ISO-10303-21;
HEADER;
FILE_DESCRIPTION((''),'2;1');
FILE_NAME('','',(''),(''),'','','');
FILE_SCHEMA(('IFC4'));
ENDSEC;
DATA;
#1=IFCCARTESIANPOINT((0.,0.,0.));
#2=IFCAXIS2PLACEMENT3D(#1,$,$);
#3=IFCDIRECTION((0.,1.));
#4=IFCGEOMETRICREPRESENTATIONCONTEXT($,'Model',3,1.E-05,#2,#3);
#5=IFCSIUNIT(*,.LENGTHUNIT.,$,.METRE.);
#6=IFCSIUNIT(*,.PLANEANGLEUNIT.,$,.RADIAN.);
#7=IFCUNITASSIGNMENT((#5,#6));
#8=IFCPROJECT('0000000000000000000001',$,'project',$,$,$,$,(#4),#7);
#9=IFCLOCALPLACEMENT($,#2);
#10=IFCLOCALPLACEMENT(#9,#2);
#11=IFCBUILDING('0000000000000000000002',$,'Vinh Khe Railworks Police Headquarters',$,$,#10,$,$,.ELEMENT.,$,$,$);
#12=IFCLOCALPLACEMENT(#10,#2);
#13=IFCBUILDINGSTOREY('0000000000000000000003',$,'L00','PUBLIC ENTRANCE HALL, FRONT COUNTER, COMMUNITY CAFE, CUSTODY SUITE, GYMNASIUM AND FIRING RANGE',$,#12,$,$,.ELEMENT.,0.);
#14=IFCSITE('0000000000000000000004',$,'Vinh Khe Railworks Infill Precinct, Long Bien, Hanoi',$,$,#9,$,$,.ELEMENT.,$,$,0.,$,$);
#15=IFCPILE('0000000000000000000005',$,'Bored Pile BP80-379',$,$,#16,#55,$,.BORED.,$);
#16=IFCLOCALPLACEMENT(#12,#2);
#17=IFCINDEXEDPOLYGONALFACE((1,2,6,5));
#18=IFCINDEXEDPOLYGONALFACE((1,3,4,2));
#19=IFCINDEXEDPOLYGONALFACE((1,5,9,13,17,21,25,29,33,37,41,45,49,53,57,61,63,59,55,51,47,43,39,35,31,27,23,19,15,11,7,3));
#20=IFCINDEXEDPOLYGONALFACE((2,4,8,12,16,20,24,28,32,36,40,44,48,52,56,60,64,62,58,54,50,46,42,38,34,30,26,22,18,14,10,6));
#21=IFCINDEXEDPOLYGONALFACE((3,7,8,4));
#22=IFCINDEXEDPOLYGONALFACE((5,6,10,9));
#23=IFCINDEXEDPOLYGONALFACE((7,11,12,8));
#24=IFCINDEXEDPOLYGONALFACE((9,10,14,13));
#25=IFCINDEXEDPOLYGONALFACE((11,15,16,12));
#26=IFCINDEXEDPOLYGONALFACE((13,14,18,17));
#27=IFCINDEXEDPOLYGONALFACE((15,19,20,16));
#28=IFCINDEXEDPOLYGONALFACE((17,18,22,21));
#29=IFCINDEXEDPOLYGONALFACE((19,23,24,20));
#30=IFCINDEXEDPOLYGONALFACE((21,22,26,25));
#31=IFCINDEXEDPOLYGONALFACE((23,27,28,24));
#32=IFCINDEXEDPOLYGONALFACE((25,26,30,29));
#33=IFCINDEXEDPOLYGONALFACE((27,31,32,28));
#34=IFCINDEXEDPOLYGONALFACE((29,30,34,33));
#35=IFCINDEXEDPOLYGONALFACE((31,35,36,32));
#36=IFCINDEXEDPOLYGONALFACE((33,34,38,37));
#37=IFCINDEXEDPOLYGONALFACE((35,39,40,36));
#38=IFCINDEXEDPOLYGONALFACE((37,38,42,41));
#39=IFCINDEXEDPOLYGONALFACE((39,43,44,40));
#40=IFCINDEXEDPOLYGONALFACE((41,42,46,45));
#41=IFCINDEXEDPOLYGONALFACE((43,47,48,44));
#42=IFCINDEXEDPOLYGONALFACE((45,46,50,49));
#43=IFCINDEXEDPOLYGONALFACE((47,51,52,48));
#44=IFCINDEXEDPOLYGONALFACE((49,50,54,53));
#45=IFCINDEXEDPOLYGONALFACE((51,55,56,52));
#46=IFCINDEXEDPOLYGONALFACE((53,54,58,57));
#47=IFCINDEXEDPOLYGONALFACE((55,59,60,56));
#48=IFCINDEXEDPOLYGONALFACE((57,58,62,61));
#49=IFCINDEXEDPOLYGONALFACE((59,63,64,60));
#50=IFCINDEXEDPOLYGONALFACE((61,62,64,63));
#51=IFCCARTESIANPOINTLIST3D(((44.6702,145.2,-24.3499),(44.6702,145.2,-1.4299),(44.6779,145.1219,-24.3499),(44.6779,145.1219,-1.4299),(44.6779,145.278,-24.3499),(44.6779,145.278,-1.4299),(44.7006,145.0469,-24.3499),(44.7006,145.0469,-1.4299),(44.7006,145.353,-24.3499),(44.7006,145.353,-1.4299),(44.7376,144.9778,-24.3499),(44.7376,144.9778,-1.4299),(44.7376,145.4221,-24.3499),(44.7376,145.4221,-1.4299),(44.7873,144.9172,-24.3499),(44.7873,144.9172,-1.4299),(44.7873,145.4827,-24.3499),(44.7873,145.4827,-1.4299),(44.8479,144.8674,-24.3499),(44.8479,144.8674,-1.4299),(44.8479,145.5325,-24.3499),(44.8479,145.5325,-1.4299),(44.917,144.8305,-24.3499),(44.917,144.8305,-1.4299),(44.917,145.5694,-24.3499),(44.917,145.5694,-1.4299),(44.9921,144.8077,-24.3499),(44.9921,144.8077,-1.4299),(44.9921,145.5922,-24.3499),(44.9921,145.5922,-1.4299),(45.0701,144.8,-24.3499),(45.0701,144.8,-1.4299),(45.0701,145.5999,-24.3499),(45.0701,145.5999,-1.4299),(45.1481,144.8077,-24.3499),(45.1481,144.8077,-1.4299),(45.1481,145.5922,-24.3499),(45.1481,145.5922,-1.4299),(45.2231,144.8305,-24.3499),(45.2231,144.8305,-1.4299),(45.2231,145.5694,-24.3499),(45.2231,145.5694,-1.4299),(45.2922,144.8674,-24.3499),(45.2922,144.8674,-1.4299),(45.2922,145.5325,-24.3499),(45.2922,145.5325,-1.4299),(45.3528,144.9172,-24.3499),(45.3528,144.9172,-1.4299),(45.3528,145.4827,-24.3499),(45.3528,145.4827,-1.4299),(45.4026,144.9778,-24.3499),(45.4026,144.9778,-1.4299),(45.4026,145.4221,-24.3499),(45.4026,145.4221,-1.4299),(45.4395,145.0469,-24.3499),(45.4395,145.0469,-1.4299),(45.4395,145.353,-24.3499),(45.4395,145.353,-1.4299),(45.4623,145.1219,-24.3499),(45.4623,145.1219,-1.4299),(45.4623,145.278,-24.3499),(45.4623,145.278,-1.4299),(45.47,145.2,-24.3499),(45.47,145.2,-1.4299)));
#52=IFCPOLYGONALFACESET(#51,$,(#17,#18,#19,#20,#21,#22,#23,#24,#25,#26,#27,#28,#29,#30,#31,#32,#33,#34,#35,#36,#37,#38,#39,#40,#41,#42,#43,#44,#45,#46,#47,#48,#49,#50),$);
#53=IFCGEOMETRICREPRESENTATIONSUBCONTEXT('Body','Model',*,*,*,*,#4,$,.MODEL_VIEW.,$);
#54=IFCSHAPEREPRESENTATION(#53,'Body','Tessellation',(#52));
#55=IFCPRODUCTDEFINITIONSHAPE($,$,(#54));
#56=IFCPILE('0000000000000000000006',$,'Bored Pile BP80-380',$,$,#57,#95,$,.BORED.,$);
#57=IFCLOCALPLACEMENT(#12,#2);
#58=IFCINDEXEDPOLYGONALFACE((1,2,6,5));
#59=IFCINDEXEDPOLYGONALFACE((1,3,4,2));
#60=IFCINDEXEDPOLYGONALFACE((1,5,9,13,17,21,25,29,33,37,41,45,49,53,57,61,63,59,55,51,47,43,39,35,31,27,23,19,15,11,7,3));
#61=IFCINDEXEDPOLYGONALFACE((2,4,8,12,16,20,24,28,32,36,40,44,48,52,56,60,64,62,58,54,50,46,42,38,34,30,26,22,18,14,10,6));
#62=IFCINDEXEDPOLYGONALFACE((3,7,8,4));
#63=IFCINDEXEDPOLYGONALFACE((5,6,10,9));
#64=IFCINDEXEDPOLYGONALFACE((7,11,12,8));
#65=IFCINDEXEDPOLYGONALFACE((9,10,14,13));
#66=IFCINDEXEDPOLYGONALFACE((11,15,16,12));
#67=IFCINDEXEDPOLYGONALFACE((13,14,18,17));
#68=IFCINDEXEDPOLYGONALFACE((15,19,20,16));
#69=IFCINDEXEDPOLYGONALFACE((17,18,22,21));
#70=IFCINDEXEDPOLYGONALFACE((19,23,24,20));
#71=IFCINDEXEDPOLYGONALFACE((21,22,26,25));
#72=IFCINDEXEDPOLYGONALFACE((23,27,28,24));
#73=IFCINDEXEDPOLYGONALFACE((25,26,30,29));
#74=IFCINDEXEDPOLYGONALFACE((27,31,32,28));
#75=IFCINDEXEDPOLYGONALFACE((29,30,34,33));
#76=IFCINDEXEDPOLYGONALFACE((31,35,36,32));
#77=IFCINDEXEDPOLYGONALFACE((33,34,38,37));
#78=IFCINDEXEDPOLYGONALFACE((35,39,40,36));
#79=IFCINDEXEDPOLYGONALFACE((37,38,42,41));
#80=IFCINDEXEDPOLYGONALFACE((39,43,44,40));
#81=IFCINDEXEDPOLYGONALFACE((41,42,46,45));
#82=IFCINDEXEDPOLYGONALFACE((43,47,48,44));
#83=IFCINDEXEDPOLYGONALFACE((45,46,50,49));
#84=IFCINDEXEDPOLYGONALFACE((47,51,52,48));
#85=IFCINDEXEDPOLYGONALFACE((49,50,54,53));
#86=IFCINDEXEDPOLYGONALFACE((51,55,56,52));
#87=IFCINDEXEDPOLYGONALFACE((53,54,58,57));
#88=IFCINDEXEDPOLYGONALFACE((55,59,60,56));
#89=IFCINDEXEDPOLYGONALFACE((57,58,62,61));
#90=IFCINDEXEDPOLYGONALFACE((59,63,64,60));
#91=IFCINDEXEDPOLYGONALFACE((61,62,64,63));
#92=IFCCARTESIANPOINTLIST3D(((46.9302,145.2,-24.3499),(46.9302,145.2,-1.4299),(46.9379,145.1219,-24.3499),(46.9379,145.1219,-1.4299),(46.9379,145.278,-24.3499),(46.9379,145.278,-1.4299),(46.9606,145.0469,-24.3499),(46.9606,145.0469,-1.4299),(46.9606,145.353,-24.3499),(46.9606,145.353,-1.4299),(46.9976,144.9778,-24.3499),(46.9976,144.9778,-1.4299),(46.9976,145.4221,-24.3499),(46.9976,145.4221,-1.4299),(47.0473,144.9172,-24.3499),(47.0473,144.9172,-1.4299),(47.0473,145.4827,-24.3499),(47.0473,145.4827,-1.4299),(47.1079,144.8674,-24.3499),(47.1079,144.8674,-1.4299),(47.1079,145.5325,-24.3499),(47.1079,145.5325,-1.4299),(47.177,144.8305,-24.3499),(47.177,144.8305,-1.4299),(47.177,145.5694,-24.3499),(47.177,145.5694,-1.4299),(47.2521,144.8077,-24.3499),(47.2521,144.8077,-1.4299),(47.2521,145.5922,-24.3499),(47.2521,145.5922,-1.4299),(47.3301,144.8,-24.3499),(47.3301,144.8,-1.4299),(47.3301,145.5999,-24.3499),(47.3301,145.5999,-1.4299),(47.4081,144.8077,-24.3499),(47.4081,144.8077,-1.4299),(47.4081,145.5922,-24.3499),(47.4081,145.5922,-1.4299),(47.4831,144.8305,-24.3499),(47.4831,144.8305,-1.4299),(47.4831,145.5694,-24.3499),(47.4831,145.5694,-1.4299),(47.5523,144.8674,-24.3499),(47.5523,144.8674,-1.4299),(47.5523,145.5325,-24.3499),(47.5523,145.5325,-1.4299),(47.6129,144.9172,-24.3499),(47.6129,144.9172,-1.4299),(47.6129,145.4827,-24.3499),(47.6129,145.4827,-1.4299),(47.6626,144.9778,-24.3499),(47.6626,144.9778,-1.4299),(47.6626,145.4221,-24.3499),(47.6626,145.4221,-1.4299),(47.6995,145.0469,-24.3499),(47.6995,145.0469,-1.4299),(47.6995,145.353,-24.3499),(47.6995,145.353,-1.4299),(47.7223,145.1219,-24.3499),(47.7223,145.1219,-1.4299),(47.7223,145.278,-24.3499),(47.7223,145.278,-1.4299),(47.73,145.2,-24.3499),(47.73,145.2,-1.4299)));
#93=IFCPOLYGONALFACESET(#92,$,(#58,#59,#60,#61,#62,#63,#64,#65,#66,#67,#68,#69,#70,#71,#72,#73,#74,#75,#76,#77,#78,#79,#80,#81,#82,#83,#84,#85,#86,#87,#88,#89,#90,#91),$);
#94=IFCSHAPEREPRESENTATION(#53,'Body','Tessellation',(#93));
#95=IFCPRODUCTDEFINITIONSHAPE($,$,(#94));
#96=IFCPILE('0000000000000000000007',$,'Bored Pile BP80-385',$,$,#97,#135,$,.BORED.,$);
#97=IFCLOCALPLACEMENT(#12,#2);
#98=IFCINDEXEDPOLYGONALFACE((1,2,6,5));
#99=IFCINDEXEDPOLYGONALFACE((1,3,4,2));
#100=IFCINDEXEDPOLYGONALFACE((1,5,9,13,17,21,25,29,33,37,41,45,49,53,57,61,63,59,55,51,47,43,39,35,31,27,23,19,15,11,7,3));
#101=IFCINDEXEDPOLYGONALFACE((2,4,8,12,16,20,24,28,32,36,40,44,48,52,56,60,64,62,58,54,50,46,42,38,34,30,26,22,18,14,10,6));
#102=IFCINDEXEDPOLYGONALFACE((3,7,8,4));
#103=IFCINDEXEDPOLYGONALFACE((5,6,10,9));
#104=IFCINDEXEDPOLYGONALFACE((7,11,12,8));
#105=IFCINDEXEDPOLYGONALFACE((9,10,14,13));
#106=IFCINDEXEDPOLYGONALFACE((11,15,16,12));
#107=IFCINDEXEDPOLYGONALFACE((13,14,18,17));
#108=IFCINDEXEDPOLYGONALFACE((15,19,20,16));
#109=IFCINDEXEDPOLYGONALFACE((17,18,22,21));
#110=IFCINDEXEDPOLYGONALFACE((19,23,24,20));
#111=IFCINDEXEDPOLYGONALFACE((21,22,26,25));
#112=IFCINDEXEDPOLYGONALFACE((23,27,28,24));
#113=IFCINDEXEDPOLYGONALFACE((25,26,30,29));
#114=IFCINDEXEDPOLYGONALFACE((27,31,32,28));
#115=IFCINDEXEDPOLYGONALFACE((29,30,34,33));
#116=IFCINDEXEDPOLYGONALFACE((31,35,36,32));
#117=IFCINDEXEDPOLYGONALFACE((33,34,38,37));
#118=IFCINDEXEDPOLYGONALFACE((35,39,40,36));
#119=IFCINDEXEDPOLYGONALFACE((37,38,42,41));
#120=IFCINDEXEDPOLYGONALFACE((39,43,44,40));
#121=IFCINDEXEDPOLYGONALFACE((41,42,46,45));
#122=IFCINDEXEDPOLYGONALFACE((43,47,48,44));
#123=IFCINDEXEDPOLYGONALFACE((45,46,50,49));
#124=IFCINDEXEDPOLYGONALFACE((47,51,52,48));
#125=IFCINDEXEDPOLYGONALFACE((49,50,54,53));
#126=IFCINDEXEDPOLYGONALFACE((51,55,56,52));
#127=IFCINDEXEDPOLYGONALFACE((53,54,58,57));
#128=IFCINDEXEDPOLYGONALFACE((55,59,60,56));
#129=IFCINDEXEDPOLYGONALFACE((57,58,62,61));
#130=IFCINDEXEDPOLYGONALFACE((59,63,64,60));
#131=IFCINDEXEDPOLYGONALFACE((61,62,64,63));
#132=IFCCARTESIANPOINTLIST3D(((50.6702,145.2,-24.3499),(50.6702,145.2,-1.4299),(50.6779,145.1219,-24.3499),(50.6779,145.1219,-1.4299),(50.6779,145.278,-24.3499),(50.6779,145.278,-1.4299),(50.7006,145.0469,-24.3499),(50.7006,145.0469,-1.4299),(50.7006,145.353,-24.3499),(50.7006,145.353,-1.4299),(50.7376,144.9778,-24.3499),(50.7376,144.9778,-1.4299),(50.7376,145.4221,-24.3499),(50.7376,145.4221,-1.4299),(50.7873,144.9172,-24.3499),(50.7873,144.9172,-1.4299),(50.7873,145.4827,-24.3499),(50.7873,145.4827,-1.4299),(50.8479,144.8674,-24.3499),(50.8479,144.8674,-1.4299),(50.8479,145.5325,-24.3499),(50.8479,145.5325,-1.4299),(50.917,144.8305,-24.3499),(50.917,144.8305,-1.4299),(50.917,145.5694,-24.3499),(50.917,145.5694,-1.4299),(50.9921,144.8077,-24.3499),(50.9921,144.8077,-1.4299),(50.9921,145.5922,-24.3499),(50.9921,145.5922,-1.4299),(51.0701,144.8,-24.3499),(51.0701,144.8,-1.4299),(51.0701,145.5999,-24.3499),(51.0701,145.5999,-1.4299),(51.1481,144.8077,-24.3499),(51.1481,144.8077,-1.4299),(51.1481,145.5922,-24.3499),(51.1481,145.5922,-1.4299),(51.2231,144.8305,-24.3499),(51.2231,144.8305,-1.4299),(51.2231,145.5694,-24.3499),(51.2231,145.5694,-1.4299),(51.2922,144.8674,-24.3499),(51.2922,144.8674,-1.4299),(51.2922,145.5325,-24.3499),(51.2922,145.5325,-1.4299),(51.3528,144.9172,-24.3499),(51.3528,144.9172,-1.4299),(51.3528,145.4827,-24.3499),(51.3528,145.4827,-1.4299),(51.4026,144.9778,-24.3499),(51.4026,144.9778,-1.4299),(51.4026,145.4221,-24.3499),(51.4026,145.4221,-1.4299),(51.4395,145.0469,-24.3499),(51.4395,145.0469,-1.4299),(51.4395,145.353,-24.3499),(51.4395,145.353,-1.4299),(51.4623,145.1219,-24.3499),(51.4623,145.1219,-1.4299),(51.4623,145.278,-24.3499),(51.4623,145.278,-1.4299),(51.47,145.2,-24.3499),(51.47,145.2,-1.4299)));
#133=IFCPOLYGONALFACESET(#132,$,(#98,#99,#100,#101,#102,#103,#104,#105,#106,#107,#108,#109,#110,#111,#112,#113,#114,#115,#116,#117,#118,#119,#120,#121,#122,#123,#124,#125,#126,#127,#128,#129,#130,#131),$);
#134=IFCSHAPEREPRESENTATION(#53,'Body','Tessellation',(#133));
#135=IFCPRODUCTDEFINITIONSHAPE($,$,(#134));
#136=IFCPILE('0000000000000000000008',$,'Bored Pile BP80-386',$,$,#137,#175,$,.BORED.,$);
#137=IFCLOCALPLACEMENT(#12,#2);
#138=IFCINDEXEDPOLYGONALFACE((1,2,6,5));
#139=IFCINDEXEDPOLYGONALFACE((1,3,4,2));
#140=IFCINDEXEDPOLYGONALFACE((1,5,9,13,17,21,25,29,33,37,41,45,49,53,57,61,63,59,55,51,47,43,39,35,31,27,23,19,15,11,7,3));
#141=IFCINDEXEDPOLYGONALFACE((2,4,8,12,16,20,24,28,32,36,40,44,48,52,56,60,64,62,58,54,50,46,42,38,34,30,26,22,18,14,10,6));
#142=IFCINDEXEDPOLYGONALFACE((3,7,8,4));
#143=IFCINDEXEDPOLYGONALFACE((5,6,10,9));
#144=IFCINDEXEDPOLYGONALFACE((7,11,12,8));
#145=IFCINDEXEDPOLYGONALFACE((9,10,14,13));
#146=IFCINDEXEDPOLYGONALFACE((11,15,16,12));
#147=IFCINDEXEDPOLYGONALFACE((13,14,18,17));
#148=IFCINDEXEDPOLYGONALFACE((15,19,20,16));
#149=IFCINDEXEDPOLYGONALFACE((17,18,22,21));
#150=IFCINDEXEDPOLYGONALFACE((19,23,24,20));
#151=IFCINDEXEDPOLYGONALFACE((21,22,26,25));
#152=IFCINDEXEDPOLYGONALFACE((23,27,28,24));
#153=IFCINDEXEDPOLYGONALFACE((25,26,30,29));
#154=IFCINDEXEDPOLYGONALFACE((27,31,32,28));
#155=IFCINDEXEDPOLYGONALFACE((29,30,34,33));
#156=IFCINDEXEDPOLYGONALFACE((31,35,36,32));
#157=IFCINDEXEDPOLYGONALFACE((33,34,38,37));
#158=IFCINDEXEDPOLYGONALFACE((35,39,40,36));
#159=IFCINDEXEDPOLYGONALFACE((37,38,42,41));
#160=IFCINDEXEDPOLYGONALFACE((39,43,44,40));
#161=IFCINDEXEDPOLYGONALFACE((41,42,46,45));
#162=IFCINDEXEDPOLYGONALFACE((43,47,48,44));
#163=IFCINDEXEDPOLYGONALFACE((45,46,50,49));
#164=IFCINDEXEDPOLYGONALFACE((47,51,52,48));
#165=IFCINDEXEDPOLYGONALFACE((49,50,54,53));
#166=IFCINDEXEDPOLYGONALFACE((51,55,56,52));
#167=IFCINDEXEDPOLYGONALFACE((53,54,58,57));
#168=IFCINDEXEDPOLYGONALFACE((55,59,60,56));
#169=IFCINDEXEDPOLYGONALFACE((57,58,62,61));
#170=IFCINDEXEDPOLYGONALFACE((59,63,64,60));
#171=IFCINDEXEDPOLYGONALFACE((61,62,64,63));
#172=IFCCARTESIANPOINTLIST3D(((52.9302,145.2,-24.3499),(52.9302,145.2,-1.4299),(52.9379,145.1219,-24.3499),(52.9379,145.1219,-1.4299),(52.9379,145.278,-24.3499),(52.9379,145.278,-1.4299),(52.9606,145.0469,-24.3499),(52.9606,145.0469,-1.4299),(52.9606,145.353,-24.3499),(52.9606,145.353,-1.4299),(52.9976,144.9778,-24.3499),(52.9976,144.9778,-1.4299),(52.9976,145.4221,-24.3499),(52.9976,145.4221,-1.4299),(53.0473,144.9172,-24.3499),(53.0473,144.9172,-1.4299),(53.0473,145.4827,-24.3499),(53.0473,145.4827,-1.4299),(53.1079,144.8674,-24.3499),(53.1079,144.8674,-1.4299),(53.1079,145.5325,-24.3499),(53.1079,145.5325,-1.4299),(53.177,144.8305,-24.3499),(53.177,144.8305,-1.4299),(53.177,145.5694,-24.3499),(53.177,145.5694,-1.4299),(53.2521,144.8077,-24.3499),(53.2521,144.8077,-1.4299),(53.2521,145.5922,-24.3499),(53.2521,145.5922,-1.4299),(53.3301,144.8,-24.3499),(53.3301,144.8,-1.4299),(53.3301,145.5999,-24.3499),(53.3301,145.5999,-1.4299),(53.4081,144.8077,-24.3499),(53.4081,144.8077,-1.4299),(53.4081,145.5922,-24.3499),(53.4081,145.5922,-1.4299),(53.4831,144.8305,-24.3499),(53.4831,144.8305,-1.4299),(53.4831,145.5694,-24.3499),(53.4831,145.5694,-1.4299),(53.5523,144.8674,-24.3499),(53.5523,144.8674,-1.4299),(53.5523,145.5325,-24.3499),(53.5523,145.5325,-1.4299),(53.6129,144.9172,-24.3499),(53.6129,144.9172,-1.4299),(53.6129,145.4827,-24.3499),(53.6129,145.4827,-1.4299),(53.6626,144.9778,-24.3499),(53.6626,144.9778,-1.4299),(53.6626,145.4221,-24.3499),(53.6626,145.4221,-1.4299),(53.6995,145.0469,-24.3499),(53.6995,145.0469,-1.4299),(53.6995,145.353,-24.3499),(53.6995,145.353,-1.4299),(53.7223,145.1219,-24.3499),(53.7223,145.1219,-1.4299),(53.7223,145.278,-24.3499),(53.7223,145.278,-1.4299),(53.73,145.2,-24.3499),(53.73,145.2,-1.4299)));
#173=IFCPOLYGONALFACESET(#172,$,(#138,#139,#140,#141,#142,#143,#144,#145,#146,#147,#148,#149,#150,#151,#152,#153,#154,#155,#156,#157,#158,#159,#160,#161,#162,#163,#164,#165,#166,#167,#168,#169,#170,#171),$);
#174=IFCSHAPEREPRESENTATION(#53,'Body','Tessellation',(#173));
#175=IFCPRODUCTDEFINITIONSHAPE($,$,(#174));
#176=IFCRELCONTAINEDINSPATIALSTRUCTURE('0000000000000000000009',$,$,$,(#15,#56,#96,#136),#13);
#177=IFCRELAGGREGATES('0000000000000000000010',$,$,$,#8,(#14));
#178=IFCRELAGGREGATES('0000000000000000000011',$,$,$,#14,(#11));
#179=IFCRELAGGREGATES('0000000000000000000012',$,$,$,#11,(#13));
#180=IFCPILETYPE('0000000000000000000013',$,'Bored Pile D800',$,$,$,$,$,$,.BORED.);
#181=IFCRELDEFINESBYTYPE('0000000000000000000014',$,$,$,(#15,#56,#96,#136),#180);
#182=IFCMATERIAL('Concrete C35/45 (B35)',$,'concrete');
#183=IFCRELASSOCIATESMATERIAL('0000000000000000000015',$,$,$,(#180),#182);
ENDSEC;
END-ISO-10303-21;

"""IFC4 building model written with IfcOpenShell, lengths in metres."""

from ifc_helpers import new_model, si_unit, direction, frame, origin, origin_2d, place, context, subcontext, project, spatial, circle, extrude, material, material_profile, profile_set, type_object, element, save


model = new_model("IFC4")

# Units and contexts
model_context = context("Model", 3, precision=1e-05, world=origin(), true_north=direction((0.0, 1.0)))
body_context = subcontext(model_context, "Body", "Model", "MODEL_VIEW")
ifc_project = project(units=[si_unit("LENGTHUNIT", "METRE"), si_unit("PLANEANGLEUNIT", "RADIAN")], contexts=[model_context])

# Site, building, storey
site_placement = place(None, origin())
site = spatial("IfcSite", under=ifc_project, at=site_placement, Name="Vinh Khe Railworks Infill Precinct, Long Bien, Hanoi", CompositionType="ELEMENT", RefElevation=0.0)
building_placement = place(site_placement, origin())
building = spatial("IfcBuilding", under=site, at=building_placement, Name="Vinh Khe Railworks Police Headquarters", CompositionType="ELEMENT")
storey_placement = place(building_placement, origin())
storey = spatial("IfcBuildingStorey", under=building, at=storey_placement, Name="L00", Description="PUBLIC ENTRANCE HALL, FRONT COUNTER, COMMUNITY CAFE, CUSTODY SUITE, GYMNASIUM AND FIRING RANGE", CompositionType="ELEMENT", Elevation=0.0)

# Piles
ifc_material_1 = material(Name="Concrete C35/45 (B35)", Category="concrete")
ifc_material_profile_1 = material_profile(ifc_material_1, circle(Radius=0.3999, at=origin_2d()), Name="BORED PILE D800")
ifc_profile_set_1 = profile_set([ifc_material_profile_1], Name="Concrete C35/45 (B35)")
pile_type_1 = type_object("IfcPileType", Name="Bored Pile D800", PredefinedType="BORED", material=ifc_profile_set_1)
for number, where, z_axis, x_axis, name in (
    (1, (45.0701, 145.2, -1.4299), (0.0, 0.0, -1.0), (1.0, 0.0, 0.0), "Bored Pile BP80-379"),
    (2, (47.3301, 145.2, -1.4299), (0.0, 0.0, -1.0), (1.0, 0.0, 0.0), "Bored Pile BP80-380"),
    (3, (51.0701, 145.2, -1.4299), (0.0, 0.0, -1.0), (1.0, 0.0, 0.0), "Bored Pile BP80-385"),
    (4, (53.3301, 145.2, -1.4299), (0.0, 0.0, -1.0), (1.0, 0.0, 0.0), "Bored Pile BP80-386"),
):
    element("IfcPile", number, at=place(storey_placement, frame(where, z_axis=z_axis, x_axis=x_axis)), inside=storey, type_object=pile_type_1, Name=name, PredefinedType="BORED", context=body_context, shape_type="SweptSolid", body=[
        extrude(circle(Radius=0.3999, at=origin_2d()), origin(), (0.0, 0.0, 1.0), 22.9199),
    ])

save(model, "model.ifc")
